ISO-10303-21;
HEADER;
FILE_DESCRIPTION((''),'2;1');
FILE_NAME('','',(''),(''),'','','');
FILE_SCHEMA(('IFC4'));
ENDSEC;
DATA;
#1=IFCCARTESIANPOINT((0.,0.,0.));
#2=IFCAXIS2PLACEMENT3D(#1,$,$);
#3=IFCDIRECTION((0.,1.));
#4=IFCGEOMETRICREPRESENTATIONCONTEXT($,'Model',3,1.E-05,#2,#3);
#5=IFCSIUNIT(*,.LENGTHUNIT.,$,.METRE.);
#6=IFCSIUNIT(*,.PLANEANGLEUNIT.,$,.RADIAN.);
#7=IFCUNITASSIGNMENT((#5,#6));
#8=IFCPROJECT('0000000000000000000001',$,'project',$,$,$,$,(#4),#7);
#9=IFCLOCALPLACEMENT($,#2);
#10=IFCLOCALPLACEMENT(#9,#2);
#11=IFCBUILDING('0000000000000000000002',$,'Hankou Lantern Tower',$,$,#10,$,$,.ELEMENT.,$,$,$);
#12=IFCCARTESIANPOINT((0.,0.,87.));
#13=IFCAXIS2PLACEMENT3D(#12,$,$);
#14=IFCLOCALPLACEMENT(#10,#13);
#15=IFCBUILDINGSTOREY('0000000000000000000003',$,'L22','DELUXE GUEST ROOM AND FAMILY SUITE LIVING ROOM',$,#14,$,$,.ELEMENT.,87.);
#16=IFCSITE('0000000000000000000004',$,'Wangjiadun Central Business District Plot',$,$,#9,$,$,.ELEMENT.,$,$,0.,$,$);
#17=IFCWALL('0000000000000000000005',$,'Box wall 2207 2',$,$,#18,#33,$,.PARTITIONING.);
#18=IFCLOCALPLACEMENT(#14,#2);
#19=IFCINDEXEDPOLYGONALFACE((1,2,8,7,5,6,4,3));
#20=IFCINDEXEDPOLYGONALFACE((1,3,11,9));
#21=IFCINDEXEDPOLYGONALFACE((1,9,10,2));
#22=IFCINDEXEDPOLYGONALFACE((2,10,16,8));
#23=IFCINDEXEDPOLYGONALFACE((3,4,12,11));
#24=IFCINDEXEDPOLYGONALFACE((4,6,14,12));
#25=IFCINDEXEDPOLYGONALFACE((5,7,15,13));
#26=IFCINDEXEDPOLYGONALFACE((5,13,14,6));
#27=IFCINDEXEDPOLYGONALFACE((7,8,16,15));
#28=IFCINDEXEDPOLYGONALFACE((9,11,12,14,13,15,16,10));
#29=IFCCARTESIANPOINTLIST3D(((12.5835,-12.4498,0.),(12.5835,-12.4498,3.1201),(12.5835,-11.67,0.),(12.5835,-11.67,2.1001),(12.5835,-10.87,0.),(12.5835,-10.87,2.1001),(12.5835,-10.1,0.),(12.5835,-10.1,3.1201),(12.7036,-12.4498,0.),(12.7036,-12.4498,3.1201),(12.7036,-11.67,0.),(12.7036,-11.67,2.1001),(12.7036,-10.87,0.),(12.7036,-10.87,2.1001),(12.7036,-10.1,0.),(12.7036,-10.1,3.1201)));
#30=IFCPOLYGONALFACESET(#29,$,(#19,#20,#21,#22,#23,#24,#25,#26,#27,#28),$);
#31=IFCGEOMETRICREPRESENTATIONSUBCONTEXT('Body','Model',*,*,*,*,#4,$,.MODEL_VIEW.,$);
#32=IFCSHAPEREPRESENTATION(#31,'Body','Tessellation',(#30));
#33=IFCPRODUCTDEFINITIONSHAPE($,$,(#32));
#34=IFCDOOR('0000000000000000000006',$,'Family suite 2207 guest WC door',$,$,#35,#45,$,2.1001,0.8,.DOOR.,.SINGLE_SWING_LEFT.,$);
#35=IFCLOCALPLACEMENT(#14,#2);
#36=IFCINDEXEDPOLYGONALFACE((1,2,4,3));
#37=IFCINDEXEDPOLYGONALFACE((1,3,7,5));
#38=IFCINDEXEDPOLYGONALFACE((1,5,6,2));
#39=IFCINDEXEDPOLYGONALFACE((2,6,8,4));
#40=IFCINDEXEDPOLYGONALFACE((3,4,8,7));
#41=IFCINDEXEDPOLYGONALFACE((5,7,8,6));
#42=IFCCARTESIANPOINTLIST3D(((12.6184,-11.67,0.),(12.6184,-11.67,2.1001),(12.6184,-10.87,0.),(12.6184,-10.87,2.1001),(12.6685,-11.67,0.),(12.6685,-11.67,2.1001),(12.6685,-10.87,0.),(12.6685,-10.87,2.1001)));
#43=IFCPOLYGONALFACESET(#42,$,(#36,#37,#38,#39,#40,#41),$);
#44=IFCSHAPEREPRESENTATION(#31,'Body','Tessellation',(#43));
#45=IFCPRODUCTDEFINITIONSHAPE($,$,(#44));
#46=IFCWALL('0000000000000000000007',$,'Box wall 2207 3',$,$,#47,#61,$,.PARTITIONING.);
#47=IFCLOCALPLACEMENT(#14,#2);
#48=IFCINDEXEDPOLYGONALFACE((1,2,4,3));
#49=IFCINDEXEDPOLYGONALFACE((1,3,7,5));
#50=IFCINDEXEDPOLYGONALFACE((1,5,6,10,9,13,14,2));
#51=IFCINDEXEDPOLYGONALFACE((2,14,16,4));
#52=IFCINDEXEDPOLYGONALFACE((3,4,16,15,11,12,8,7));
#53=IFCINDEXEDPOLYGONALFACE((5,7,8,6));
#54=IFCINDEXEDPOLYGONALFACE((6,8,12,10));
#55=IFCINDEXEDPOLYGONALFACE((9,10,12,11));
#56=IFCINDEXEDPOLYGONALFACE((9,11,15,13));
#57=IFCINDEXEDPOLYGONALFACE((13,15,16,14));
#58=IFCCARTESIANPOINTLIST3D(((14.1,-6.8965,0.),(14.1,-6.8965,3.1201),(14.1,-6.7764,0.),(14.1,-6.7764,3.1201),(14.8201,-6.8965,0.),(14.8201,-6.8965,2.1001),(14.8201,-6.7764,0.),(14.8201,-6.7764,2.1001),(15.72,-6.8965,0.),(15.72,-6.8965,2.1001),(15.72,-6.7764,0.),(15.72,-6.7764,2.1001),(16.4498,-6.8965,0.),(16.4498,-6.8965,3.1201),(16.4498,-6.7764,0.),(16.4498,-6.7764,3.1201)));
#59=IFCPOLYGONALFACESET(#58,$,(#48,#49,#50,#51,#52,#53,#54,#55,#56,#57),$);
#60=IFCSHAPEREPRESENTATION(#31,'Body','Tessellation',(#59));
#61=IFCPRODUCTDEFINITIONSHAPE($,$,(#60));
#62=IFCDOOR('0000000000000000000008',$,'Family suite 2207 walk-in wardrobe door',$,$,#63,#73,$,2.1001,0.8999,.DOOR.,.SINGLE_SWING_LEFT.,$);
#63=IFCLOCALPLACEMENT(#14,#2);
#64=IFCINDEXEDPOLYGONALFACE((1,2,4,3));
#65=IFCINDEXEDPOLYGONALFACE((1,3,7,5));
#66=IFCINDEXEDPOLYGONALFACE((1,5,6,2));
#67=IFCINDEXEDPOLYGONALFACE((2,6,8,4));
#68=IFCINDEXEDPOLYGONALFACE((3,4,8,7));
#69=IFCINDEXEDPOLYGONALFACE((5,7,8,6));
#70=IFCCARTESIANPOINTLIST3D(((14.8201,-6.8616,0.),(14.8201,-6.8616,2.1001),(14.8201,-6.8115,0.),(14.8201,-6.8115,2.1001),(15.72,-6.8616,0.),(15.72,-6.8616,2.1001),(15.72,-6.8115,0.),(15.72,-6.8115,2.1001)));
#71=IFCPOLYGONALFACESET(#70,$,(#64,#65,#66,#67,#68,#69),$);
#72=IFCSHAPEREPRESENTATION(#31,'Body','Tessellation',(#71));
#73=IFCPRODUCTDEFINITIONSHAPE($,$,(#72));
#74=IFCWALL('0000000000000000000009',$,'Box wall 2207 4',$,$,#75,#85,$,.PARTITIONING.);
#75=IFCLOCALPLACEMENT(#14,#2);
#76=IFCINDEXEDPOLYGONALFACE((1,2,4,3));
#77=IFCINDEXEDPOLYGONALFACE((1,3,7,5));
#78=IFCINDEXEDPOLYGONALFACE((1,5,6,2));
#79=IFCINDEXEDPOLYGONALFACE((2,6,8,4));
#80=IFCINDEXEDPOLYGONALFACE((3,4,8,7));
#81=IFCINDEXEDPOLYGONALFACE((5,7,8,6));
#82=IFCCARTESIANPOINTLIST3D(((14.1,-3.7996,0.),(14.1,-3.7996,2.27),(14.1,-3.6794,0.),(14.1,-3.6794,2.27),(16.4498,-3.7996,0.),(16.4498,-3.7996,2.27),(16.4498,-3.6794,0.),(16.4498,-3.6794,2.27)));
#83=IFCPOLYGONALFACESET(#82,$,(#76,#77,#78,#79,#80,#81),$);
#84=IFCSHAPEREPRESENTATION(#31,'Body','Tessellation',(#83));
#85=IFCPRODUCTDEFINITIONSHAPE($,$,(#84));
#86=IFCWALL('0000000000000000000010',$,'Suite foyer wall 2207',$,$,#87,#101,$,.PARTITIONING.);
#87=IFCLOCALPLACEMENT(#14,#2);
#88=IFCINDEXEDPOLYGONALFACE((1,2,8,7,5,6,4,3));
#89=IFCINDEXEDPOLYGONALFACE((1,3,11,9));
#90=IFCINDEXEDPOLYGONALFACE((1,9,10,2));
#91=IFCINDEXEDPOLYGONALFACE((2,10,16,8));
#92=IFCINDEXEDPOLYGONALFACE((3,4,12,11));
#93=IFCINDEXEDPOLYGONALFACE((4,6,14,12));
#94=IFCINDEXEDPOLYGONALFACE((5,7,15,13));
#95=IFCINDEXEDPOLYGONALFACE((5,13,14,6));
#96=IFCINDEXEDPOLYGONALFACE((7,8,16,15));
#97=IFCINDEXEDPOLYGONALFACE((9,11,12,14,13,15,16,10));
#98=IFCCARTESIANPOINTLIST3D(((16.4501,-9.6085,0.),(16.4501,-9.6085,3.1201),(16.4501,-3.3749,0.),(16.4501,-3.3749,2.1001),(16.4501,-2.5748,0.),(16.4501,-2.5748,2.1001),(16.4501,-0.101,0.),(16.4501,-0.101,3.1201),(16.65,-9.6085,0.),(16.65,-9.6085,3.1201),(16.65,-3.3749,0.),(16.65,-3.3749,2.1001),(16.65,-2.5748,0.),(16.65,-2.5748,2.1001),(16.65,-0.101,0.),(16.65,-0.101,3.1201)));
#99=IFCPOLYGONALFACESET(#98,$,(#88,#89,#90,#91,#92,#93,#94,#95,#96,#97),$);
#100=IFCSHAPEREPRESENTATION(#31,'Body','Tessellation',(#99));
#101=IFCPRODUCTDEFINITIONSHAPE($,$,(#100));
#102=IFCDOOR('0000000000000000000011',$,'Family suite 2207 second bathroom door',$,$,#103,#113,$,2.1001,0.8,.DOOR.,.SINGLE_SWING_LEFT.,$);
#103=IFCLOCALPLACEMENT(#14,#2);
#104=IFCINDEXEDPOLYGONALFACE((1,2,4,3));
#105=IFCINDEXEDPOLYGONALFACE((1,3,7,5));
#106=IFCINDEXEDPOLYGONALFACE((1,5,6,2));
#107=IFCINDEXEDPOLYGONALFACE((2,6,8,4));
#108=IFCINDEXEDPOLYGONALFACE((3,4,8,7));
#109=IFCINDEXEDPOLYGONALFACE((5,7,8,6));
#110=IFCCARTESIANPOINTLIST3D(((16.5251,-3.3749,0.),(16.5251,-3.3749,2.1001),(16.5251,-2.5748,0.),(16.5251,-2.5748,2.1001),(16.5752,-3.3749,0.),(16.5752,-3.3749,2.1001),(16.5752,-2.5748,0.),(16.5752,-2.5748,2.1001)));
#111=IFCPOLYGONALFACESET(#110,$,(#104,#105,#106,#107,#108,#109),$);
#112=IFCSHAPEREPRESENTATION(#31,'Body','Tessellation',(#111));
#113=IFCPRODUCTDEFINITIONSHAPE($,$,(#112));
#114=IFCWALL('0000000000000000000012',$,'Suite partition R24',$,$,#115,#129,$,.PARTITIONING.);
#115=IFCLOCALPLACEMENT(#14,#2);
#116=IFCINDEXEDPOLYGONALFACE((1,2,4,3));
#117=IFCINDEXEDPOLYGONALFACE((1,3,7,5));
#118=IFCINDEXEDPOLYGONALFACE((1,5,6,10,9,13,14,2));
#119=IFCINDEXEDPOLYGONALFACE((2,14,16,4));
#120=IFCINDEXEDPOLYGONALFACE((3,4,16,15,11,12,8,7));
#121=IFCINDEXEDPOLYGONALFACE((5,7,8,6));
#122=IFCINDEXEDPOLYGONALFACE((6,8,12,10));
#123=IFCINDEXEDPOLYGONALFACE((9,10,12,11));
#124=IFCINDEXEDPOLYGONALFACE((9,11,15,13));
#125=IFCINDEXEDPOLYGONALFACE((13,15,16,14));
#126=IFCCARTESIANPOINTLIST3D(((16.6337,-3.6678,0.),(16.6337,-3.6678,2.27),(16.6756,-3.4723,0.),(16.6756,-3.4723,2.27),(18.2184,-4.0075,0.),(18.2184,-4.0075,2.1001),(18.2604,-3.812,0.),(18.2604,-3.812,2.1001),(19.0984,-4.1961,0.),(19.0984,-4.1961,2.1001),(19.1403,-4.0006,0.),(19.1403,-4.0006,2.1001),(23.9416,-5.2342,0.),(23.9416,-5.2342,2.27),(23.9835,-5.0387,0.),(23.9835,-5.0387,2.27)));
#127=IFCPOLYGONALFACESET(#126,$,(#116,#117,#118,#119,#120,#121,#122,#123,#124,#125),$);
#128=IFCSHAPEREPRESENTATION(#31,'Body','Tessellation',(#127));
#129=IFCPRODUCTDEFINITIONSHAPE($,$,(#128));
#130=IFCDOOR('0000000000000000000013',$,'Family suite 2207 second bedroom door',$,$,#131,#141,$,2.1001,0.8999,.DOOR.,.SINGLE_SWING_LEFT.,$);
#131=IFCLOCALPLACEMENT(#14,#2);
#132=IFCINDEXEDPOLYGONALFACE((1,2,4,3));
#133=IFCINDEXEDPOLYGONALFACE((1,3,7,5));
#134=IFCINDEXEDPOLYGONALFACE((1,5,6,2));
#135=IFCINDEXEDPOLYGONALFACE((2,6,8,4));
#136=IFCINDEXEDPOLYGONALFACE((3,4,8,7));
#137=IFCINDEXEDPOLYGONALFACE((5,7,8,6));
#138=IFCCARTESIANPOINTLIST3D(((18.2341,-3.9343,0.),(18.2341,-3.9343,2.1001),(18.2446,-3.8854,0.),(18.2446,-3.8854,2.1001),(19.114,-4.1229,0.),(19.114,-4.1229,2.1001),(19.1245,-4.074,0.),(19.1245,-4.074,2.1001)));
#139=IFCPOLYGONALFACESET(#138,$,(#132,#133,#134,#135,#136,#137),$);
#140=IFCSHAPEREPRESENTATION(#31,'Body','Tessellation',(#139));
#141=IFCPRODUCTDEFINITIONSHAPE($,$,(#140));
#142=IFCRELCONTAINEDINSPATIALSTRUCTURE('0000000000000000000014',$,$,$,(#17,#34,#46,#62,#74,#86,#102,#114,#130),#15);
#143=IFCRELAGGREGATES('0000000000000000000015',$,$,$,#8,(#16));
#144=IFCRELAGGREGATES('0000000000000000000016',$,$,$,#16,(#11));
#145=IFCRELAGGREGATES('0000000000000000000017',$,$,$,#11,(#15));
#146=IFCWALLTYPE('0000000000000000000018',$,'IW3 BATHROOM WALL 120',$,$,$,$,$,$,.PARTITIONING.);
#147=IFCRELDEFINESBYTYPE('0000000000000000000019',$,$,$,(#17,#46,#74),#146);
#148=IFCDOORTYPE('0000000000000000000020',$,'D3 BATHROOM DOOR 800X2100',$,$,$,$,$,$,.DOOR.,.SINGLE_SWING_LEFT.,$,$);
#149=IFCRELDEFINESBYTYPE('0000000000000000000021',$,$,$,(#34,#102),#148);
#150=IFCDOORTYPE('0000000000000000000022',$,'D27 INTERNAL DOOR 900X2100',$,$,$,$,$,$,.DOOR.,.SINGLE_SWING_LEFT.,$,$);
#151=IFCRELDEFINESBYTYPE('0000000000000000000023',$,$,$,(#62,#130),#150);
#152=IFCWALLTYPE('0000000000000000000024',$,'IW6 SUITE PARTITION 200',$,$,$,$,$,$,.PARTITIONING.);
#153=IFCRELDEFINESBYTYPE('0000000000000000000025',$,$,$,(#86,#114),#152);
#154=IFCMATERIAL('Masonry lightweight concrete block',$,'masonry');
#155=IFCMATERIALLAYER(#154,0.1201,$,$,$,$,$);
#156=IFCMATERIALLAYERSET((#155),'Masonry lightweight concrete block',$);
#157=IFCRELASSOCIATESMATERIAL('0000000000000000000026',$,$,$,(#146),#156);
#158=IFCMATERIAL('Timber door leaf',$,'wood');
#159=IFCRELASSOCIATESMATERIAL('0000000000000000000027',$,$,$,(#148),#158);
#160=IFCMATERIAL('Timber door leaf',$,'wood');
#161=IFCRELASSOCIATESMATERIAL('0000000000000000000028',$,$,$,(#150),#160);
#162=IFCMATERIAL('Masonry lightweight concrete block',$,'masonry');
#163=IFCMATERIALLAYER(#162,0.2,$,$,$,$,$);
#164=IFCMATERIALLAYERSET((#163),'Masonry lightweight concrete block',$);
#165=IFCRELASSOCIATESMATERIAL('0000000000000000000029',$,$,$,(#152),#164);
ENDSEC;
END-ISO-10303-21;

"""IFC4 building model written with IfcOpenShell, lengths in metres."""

from ifc_helpers import new_model, si_unit, direction, frame, frame_2d, origin, place, context, subcontext, project, spatial, rectangle, extrude, material, layer, layer_set, type_object, element, fill, save


model = new_model("IFC4")

# Units and contexts
model_context = context("Model", 3, precision=1e-05, world=origin(), true_north=direction((0.0, 1.0)))
body_context = subcontext(model_context, "Body", "Model", "MODEL_VIEW")
ifc_project = project(units=[si_unit("LENGTHUNIT", "METRE"), si_unit("PLANEANGLEUNIT", "RADIAN")], contexts=[model_context])

# Site, building, storey
site_placement = place(None, origin())
site = spatial("IfcSite", under=ifc_project, at=site_placement, Name="Wangjiadun Central Business District Plot", CompositionType="ELEMENT", RefElevation=0.0)
building_placement = place(site_placement, origin())
building = spatial("IfcBuilding", under=site, at=building_placement, Name="Hankou Lantern Tower", CompositionType="ELEMENT")
storey_placement = place(building_placement, frame((0.0, 0.0, 87.0)))
storey = spatial("IfcBuildingStorey", under=building, at=storey_placement, Name="L22", Description="DELUXE GUEST ROOM AND FAMILY SUITE LIVING ROOM", CompositionType="ELEMENT", Elevation=87.0)

# Walls, openings, doors
ifc_material_1 = material(Name="Masonry lightweight concrete block", Category="masonry")
ifc_layer_1 = layer(ifc_material_1, 0.1201)
ifc_layer_set_1 = layer_set([ifc_layer_1], Name="Masonry lightweight concrete block")
wall_type_1 = type_object("IfcWallType", Name="IW3 BATHROOM WALL 120", PredefinedType="PARTITIONING", material=ifc_layer_set_1)
wall_1_placement = place(storey_placement, frame((12.6436, -10.1001, 0.0), z_axis=(0.0, 0.0, 1.0), x_axis=(0.0, -1.0, 0.0)))
wall_1 = element("IfcWall", 1, at=wall_1_placement, inside=storey, type_object=wall_type_1, Name="Box wall 2207 2", PredefinedType="PARTITIONING", context=body_context, shape_type="SweptSolid", body=[
    extrude(rectangle(XDim=2.3499, YDim=0.1201, at=frame_2d((1.1748, 0.0))), origin(), (0.0, 0.0, 1.0), 3.1201),
])
opening_1_placement = place(wall_1_placement, frame((0.77, 0.0, 0.0)))
opening_1 = element("IfcOpeningElement", 2, at=opening_1_placement, cuts=wall_1, PredefinedType="OPENING", context=body_context, shape_type="SweptSolid", body=[
    extrude(rectangle(XDim=0.8, YDim=2.1001, at=frame_2d((0.3999, 1.05))), frame((0.0, 0.0701, 0.0), z_axis=(0.0, -1.0, 0.0), x_axis=(1.0, 0.0, 0.0)), (0.0, 0.0, 1.0), 0.1401),
])
ifc_material_2 = material(Name="Timber door leaf", Category="wood")
door_type_1 = type_object("IfcDoorType", Name="D3 BATHROOM DOOR 800X2100", OperationType="SINGLE_SWING_LEFT", PredefinedType="DOOR", material=ifc_material_2)
door_1_placement = place(opening_1_placement, origin())
door_1 = element("IfcDoor", 3, at=door_1_placement, inside=storey, type_object=door_type_1, Name="Family suite 2207 guest WC door", OperationType="SINGLE_SWING_LEFT", OverallHeight=2.1001, OverallWidth=0.8, PredefinedType="DOOR", context=body_context, shape_type="SweptSolid", body=[
    extrude(rectangle(XDim=0.8, YDim=2.1001, at=frame_2d((0.3999, 1.05))), frame((0.0, 0.0249, 0.0), z_axis=(0.0, -1.0, 0.0), x_axis=(1.0, 0.0, 0.0)), (0.0, 0.0, 1.0), 0.05),
])
fill(opening_1, door_1)
wall_2_placement = place(storey_placement, frame((14.1001, -6.8364, 0.0), z_axis=(0.0, 0.0, 1.0), x_axis=(1.0, 0.0, 0.0)))
wall_2 = element("IfcWall", 4, at=wall_2_placement, inside=storey, type_object=wall_type_1, Name="Box wall 2207 3", PredefinedType="PARTITIONING", context=body_context, shape_type="SweptSolid", body=[
    extrude(rectangle(XDim=2.3499, YDim=0.1201, at=frame_2d((1.1748, 0.0))), origin(), (0.0, 0.0, 1.0), 3.1201),
])
opening_2_placement = place(wall_2_placement, frame((0.72, 0.0, 0.0)))
opening_2 = element("IfcOpeningElement", 5, at=opening_2_placement, cuts=wall_2, PredefinedType="OPENING", context=body_context, shape_type="SweptSolid", body=[
    extrude(rectangle(XDim=0.8999, YDim=2.1001, at=frame_2d((0.45, 1.05))), frame((0.0, 0.0701, 0.0), z_axis=(0.0, -1.0, 0.0), x_axis=(1.0, 0.0, 0.0)), (0.0, 0.0, 1.0), 0.1401),
])
ifc_material_3 = material(Name="Timber door leaf", Category="wood")
door_type_2 = type_object("IfcDoorType", Name="D27 INTERNAL DOOR 900X2100", OperationType="SINGLE_SWING_LEFT", PredefinedType="DOOR", material=ifc_material_3)
door_2_placement = place(opening_2_placement, origin())
door_2 = element("IfcDoor", 6, at=door_2_placement, inside=storey, type_object=door_type_2, Name="Family suite 2207 walk-in wardrobe door", OperationType="SINGLE_SWING_LEFT", OverallHeight=2.1001, OverallWidth=0.8999, PredefinedType="DOOR", context=body_context, shape_type="SweptSolid", body=[
    extrude(rectangle(XDim=0.8999, YDim=2.1001, at=frame_2d((0.45, 1.05))), frame((0.0, 0.0249, 0.0), z_axis=(0.0, -1.0, 0.0), x_axis=(1.0, 0.0, 0.0)), (0.0, 0.0, 1.0), 0.05),
])
fill(opening_2, door_2)

# Wall
wall_3_placement = place(storey_placement, frame((14.1001, -3.7395, 0.0), z_axis=(0.0, 0.0, 1.0), x_axis=(1.0, 0.0, 0.0)))
element("IfcWall", 7, at=wall_3_placement, inside=storey, type_object=wall_type_1, Name="Box wall 2207 4", PredefinedType="PARTITIONING", context=body_context, shape_type="SweptSolid", body=[
    extrude(rectangle(XDim=2.3499, YDim=0.1201, at=frame_2d((1.1748, 0.0))), origin(), (0.0, 0.0, 1.0), 2.27),
])

# Walls, openings, doors
ifc_material_4 = material(Name="Masonry lightweight concrete block", Category="masonry")
ifc_layer_2 = layer(ifc_material_4, 0.2)
ifc_layer_set_2 = layer_set([ifc_layer_2], Name="Masonry lightweight concrete block")
wall_type_2 = type_object("IfcWallType", Name="IW6 SUITE PARTITION 200", PredefinedType="PARTITIONING", material=ifc_layer_set_2)
wall_4_placement = place(storey_placement, frame((16.55, -9.6086, 0.0), z_axis=(0.0, 0.0, 1.0), x_axis=(0.0, 1.0, 0.0)))
wall_4 = element("IfcWall", 8, at=wall_4_placement, inside=storey, type_object=wall_type_2, Name="Suite foyer wall 2207", PredefinedType="PARTITIONING", context=body_context, shape_type="SweptSolid", body=[
    extrude(rectangle(XDim=9.5076, YDim=0.2, at=frame_2d((4.7539, 0.0))), origin(), (0.0, 0.0, 1.0), 3.1201),
])
opening_3_placement = place(wall_4_placement, frame((6.2339, 0.0, 0.0)))
opening_3 = element("IfcOpeningElement", 9, at=opening_3_placement, cuts=wall_4, PredefinedType="OPENING", context=body_context, shape_type="SweptSolid", body=[
    extrude(rectangle(XDim=0.8, YDim=2.1001, at=frame_2d((0.3999, 1.05))), frame((0.0, 0.1099, 0.0), z_axis=(0.0, -1.0, 0.0), x_axis=(1.0, 0.0, 0.0)), (0.0, 0.0, 1.0), 0.22),
])
door_3_placement = place(opening_3_placement, origin())
door_3 = element("IfcDoor", 10, at=door_3_placement, inside=storey, type_object=door_type_1, Name="Family suite 2207 second bathroom door", OperationType="SINGLE_SWING_LEFT", OverallHeight=2.1001, OverallWidth=0.8, PredefinedType="DOOR", context=body_context, shape_type="SweptSolid", body=[
    extrude(rectangle(XDim=0.8, YDim=2.1001, at=frame_2d((0.3999, 1.05))), frame((0.0, 0.0249, 0.0), z_axis=(0.0, -1.0, 0.0), x_axis=(1.0, 0.0, 0.0)), (0.0, 0.0, 1.0), 0.05),
])
fill(opening_3, door_3)
wall_5_placement = place(storey_placement, frame((16.6548, -3.5701, 0.0), z_axis=(0.0, 0.0, 1.0), x_axis=(0.97779, -0.209585, 0.0)))
wall_5 = element("IfcWall", 11, at=wall_5_placement, inside=storey, type_object=wall_type_2, Name="Suite partition R24", PredefinedType="PARTITIONING", context=body_context, shape_type="SweptSolid", body=[
    extrude(rectangle(XDim=7.4739, YDim=0.2, at=frame_2d((3.7368, 0.0))), origin(), (0.0, 0.0, 1.0), 2.27),
])
opening_4_placement = place(wall_5_placement, frame((1.6206, 0.0, 0.0)))
opening_4 = element("IfcOpeningElement", 12, at=opening_4_placement, cuts=wall_5, PredefinedType="OPENING", context=body_context, shape_type="SweptSolid", body=[
    extrude(rectangle(XDim=0.8999, YDim=2.1001, at=frame_2d((0.45, 1.05))), frame((0.0, 0.1099, 0.0), z_axis=(0.0, -1.0, 0.0), x_axis=(1.0, 0.0, 0.0)), (0.0, 0.0, 1.0), 0.22),
])
door_4_placement = place(opening_4_placement, origin())
door_4 = element("IfcDoor", 13, at=door_4_placement, inside=storey, type_object=door_type_2, Name="Family suite 2207 second bedroom door", OperationType="SINGLE_SWING_LEFT", OverallHeight=2.1001, OverallWidth=0.8999, PredefinedType="DOOR", context=body_context, shape_type="SweptSolid", body=[
    extrude(rectangle(XDim=0.8999, YDim=2.1001, at=frame_2d((0.45, 1.05))), frame((0.0, 0.0249, 0.0), z_axis=(0.0, -1.0, 0.0), x_axis=(1.0, 0.0, 0.0)), (0.0, 0.0, 1.0), 0.05),
])
fill(opening_4, door_4)

save(model, "model.ifc")
